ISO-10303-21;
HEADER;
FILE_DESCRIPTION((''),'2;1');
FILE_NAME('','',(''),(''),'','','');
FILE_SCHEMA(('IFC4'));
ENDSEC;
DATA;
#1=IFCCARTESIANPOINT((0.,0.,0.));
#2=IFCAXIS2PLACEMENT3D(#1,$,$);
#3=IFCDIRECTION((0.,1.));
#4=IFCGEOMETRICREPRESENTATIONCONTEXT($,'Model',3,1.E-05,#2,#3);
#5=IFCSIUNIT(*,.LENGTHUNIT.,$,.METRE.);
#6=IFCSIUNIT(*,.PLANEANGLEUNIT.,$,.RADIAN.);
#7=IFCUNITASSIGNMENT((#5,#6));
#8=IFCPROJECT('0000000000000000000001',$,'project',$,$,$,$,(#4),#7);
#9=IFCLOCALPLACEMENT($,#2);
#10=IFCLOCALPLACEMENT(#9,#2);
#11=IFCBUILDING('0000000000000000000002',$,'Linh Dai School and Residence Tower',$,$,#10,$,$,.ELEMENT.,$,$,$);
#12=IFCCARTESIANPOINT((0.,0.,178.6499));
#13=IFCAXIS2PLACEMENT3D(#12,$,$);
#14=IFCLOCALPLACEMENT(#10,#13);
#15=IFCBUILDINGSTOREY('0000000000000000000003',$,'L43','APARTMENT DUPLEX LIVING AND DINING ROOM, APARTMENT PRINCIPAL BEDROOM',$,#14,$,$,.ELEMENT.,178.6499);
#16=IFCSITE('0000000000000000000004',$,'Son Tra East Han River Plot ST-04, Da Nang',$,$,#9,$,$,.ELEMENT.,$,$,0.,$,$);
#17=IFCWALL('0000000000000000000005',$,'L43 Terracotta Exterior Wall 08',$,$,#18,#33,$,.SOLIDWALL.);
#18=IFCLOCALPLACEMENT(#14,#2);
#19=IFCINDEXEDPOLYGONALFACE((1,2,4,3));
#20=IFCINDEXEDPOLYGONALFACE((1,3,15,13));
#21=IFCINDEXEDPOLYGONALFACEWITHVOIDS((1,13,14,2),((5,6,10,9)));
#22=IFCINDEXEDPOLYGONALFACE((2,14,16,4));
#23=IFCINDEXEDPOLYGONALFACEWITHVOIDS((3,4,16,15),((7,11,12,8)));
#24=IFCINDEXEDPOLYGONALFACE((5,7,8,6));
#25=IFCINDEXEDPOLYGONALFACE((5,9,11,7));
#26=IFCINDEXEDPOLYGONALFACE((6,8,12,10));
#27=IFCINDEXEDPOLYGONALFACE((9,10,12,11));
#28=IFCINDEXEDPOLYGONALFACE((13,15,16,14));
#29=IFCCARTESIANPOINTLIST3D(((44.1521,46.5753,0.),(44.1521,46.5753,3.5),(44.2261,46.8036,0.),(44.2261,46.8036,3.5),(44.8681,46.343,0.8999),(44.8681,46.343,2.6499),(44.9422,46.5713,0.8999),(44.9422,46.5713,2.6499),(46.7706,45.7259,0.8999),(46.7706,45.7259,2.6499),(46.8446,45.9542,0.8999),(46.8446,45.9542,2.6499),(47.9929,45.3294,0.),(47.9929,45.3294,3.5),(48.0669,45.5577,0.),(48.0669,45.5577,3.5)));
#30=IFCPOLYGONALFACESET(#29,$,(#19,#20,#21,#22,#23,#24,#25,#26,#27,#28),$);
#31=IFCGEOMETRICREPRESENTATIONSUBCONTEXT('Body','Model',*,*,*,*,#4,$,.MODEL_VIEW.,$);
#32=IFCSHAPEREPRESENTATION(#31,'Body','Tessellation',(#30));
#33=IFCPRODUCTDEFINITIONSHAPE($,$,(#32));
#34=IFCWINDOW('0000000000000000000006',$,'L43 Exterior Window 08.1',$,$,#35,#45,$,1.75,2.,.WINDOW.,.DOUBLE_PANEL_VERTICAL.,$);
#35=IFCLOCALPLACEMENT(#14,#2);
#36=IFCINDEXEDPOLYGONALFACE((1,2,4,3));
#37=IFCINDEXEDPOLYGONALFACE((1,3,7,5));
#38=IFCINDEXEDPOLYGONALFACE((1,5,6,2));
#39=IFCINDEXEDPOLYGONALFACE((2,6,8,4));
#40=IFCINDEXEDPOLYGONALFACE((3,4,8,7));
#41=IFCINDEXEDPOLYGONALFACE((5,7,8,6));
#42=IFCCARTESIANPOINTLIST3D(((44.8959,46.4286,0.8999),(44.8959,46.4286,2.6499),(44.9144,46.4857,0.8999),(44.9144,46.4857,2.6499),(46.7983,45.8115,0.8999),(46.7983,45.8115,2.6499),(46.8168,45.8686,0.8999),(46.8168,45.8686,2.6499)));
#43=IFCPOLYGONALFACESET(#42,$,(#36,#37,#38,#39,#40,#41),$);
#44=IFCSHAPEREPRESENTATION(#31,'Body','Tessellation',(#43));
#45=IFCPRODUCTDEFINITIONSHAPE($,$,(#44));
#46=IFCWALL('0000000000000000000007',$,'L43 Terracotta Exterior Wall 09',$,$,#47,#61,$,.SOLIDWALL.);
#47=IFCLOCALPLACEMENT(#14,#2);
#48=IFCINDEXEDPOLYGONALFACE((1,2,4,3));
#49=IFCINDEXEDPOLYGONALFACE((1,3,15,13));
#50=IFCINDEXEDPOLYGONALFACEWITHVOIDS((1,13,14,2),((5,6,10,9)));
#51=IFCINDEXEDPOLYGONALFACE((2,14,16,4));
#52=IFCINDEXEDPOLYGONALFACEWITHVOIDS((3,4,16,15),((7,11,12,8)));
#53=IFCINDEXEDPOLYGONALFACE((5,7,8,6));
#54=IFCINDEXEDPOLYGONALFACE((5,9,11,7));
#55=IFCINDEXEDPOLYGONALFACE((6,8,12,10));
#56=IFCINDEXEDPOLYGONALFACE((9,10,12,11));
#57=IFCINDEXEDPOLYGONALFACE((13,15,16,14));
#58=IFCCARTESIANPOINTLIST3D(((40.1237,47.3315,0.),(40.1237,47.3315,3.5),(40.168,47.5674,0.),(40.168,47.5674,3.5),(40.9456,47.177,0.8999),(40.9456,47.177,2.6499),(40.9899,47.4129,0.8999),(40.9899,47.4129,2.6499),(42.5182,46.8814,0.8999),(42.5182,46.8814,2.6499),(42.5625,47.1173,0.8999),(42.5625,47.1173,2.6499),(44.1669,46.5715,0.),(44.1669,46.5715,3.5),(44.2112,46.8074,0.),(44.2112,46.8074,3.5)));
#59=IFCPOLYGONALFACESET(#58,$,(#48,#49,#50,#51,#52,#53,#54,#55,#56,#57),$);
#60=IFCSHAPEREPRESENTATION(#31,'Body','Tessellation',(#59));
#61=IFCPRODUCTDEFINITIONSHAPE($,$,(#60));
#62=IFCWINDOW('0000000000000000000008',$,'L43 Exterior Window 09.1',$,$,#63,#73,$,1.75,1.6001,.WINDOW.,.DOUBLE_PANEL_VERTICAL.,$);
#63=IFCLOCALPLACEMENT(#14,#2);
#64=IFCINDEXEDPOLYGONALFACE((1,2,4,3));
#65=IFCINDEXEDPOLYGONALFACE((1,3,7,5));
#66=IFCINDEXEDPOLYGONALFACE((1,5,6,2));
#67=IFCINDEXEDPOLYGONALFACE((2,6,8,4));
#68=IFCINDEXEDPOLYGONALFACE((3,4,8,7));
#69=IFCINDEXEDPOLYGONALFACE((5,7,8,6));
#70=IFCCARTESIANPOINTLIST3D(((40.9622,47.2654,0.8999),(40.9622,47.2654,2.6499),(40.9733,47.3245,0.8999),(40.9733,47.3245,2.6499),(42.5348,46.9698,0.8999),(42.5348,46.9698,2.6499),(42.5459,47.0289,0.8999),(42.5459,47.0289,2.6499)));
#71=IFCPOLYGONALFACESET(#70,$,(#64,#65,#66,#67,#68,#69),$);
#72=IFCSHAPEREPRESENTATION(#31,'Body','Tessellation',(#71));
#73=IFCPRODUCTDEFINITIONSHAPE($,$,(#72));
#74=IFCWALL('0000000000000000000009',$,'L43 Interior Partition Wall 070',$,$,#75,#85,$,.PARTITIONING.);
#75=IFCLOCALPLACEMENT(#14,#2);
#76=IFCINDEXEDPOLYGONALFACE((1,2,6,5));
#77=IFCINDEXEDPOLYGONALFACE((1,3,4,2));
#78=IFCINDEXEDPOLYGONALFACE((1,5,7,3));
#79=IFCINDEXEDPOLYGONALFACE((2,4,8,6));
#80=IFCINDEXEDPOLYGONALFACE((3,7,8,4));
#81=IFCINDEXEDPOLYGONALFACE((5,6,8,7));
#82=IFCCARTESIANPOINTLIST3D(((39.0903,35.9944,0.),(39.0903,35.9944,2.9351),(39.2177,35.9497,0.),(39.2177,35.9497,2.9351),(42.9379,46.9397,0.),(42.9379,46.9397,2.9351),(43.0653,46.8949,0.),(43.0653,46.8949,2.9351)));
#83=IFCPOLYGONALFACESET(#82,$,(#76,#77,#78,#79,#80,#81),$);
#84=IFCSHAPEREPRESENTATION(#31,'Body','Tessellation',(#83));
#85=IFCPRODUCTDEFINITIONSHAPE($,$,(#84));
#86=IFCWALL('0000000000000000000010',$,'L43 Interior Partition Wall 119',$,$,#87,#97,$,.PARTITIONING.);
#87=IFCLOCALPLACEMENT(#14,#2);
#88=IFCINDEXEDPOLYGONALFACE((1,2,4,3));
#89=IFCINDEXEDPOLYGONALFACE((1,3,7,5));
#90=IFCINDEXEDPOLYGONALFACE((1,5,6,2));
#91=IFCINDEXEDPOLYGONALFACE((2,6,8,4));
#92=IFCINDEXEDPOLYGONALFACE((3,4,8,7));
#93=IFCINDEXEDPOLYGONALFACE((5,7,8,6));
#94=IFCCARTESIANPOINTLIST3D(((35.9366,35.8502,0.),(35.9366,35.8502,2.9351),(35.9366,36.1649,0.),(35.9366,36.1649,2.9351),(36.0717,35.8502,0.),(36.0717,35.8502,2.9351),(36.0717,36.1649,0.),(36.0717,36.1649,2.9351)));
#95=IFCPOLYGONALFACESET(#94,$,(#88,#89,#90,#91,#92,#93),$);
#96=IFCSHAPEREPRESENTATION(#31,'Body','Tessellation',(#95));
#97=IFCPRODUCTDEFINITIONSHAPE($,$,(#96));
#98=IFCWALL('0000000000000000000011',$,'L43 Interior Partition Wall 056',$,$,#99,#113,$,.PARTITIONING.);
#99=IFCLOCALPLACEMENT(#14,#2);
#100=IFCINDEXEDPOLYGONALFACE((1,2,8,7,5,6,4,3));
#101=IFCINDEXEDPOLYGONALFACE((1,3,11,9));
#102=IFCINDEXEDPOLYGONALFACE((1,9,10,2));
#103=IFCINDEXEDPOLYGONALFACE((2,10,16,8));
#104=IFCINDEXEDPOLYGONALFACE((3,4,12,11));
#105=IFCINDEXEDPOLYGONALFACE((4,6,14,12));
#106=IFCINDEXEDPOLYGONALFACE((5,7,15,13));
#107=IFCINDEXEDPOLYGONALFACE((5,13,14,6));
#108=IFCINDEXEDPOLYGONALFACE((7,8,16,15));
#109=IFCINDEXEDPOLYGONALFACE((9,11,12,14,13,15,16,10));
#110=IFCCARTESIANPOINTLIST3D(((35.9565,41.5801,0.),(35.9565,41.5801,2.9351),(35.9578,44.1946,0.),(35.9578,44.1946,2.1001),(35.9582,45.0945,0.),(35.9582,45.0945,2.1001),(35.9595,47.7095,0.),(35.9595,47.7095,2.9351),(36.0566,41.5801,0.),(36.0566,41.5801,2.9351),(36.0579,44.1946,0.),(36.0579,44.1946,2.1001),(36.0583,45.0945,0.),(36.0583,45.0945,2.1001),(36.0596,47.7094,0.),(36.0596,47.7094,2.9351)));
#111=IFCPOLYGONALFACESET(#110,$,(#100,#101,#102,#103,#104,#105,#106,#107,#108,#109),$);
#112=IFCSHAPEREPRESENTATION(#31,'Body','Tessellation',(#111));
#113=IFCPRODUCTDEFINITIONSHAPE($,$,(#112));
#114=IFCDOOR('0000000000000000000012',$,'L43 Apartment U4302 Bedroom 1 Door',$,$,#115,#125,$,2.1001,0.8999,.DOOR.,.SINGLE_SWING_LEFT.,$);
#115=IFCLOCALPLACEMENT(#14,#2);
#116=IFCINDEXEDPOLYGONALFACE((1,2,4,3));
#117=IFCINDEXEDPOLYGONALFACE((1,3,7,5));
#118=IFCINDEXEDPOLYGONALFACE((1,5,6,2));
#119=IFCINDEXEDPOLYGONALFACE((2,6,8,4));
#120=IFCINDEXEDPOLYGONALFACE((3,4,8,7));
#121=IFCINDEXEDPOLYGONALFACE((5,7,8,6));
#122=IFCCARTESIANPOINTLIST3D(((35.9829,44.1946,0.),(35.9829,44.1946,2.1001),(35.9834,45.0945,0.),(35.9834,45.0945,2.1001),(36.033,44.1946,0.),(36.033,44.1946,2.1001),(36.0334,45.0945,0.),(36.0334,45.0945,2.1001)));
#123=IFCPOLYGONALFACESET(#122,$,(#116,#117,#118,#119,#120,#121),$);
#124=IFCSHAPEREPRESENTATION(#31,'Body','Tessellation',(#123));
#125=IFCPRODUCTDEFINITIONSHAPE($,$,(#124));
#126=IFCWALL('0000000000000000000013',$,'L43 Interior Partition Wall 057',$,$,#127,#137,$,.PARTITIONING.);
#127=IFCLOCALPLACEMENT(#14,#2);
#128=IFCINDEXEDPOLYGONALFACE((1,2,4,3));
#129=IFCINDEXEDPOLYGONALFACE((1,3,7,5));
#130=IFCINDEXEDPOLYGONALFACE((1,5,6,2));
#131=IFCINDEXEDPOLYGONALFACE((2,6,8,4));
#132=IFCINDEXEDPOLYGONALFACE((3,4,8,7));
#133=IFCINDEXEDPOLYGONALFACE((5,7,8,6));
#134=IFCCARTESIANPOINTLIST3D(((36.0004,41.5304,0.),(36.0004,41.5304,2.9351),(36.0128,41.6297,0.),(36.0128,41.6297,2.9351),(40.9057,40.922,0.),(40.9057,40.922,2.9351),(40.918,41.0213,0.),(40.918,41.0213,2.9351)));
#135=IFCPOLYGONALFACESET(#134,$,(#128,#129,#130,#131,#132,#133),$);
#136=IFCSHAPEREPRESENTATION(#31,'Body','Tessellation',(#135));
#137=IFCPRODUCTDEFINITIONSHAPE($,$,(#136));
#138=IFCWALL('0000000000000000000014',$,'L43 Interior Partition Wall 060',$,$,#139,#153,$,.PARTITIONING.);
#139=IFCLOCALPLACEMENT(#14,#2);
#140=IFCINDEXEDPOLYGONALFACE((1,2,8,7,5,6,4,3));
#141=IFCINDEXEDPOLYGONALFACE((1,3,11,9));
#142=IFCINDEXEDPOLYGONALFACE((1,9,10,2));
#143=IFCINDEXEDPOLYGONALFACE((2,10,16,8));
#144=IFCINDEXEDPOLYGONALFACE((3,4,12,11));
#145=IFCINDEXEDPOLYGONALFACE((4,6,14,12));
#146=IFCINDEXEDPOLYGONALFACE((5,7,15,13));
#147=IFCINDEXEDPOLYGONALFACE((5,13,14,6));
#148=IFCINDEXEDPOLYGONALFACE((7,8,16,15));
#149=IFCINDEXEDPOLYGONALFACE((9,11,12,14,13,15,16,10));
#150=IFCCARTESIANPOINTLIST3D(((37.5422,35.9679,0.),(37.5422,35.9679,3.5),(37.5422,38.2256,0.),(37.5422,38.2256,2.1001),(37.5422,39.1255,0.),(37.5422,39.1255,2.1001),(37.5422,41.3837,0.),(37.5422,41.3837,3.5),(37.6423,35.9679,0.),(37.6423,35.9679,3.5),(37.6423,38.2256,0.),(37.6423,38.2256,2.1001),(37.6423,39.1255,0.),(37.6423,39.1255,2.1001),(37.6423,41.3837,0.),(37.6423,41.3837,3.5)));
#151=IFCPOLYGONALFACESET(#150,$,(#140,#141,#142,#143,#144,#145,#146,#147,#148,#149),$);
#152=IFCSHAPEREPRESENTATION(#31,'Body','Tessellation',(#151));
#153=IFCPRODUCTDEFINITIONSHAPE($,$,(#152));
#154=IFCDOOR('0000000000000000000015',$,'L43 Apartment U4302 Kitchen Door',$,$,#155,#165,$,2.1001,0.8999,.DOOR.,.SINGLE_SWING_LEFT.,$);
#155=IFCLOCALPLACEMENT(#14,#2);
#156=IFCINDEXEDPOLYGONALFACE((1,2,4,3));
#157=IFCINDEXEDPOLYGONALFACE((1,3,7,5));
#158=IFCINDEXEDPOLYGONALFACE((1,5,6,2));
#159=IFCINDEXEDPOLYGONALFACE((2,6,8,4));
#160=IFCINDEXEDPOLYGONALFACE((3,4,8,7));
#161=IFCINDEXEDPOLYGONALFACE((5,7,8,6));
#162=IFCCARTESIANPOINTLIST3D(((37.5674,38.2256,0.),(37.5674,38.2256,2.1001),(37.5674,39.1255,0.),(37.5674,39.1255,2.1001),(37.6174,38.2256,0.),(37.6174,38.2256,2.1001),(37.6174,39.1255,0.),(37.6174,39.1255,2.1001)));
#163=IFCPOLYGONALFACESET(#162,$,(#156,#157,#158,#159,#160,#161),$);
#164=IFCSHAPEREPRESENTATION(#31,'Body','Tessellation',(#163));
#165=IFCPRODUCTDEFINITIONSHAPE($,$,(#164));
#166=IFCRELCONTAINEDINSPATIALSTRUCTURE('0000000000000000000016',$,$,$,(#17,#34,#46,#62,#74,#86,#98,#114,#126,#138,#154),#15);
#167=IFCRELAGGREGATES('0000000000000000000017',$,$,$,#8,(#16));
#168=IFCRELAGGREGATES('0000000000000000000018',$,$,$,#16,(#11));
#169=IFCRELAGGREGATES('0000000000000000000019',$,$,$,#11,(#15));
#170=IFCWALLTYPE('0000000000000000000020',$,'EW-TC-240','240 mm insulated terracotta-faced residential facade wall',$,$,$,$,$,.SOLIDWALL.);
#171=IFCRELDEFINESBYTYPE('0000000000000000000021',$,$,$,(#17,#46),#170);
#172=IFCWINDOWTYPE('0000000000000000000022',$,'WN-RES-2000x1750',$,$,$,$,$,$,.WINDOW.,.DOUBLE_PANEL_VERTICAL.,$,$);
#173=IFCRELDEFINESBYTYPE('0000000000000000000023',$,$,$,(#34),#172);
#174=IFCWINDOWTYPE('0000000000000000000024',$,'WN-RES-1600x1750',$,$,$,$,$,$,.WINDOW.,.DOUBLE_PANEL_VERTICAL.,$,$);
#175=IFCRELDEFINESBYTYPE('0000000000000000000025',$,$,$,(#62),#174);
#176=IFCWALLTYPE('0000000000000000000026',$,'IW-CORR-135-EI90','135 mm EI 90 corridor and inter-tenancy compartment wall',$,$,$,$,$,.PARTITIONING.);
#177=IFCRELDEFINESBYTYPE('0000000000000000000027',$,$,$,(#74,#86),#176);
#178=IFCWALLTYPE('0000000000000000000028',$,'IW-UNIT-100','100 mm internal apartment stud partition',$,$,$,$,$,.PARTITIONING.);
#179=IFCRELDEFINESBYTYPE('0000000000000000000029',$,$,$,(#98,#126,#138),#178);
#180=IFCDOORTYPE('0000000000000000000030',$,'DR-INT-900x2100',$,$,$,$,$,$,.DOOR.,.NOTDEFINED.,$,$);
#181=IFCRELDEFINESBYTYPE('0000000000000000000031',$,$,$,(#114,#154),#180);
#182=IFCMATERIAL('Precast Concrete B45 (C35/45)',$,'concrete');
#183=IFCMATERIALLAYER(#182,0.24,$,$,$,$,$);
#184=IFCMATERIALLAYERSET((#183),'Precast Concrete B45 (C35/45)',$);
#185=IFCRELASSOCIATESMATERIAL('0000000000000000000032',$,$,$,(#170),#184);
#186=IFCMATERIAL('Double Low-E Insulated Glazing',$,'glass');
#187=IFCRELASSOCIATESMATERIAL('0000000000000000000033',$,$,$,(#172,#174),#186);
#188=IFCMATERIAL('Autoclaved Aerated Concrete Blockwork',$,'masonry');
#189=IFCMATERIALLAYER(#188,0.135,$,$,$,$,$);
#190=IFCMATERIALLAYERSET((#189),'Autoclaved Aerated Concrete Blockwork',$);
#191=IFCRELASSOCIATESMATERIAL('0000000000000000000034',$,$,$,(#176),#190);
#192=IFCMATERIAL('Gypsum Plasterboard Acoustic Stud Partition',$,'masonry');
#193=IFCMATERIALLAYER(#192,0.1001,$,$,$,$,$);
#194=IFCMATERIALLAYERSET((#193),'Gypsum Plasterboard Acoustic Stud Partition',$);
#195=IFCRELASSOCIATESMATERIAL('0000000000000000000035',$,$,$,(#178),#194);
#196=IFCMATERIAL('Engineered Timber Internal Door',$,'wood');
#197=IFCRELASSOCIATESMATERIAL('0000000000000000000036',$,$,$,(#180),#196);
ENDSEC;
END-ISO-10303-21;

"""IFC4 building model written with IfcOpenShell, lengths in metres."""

from ifc_helpers import new_model, si_unit, direction, frame, frame_2d, origin, origin_2d, place, context, subcontext, project, spatial, rectangle, extrude, source, transform, mapped, material, layer, layer_set, type_object, element, fill, save


model = new_model("IFC4")

# Units and contexts
model_context = context("Model", 3, precision=1e-05, world=origin(), true_north=direction((0.0, 1.0)))
body_context = subcontext(model_context, "Body", "Model", "MODEL_VIEW")
ifc_project = project(units=[si_unit("LENGTHUNIT", "METRE"), si_unit("PLANEANGLEUNIT", "RADIAN")], contexts=[model_context])

# Site, building, storey
site_placement = place(None, origin())
site = spatial("IfcSite", under=ifc_project, at=site_placement, Name="Son Tra East Han River Plot ST-04, Da Nang", CompositionType="ELEMENT", RefElevation=0.0)
building_placement = place(site_placement, origin())
building = spatial("IfcBuilding", under=site, at=building_placement, Name="Linh Dai School and Residence Tower", CompositionType="ELEMENT")
storey_placement = place(building_placement, frame((0.0, 0.0, 178.6499)))
storey = spatial("IfcBuildingStorey", under=building, at=storey_placement, Name="L43", Description="APARTMENT DUPLEX LIVING AND DINING ROOM, APARTMENT PRINCIPAL BEDROOM", CompositionType="ELEMENT", Elevation=178.6499)

# Shared definitions
ifc_material_1 = material(Name="Precast Concrete B45 (C35/45)", Category="concrete")
ifc_material_2 = material(Name="Double Low-E Insulated Glazing", Category="glass")

# Walls, openings, windows
ifc_layer_1 = layer(ifc_material_1, 0.24)
ifc_layer_set_1 = layer_set([ifc_layer_1], Name="Precast Concrete B45 (C35/45)")
wall_type_1 = type_object("IfcWallType", Name="EW-TC-240", Description="240 mm insulated terracotta-faced residential facade wall", PredefinedType="SOLIDWALL", material=ifc_layer_set_1)
wall_1_placement = place(storey_placement, frame((44.189, 46.6895, 0.0), z_axis=(0.0, 0.0, 1.0), x_axis=(0.95121, -0.308545, 0.0)))
wall_1 = element("IfcWall", 1, at=wall_1_placement, inside=storey, type_object=wall_type_1, Name="L43 Terracotta Exterior Wall 08", PredefinedType="SOLIDWALL", context=body_context, shape_type="SweptSolid", body=[
    extrude(rectangle(XDim=4.0378, YDim=0.24, at=frame_2d((2.019, 0.0))), origin(), (0.0, 0.0, 1.0), 3.5),
])
opening_1_placement = place(wall_1_placement, frame((0.7529, 0.0, 0.8999)))
opening_1 = element("IfcOpeningElement", 2, at=opening_1_placement, cuts=wall_1, PredefinedType="OPENING", context=body_context, shape_type="SweptSolid", body=[
    extrude(rectangle(XDim=2.0, YDim=1.75, at=origin_2d()), frame((1.0, 0.1299, 0.875), z_axis=(0.0, -1.0, 0.0), x_axis=(1.0, 0.0, 0.0)), (0.0, 0.0, 1.0), 0.26),
])
window_type_1 = type_object("IfcWindowType", Name="WN-RES-2000x1750", PartitioningType="DOUBLE_PANEL_VERTICAL", PredefinedType="WINDOW", material=ifc_material_2)
shared_shape_1 = source(origin(), body_context, "Body", "SweptSolid", [
    extrude(rectangle(XDim=2.0, YDim=1.75, at=origin_2d()), frame((1.0, 0.03, 0.875), z_axis=(0.0, -1.0, 0.0), x_axis=(1.0, 0.0, 0.0)), (0.0, 0.0, 1.0), 0.0601),
])
window_1_placement = place(opening_1_placement, origin())
window_1 = element("IfcWindow", 3, at=window_1_placement, inside=storey, type_object=window_type_1, Name="L43 Exterior Window 08.1", OverallHeight=1.75, OverallWidth=2.0, PartitioningType="DOUBLE_PANEL_VERTICAL", PredefinedType="WINDOW", context=body_context, shape_type="MappedRepresentation", body=[
    mapped(shared_shape_1, transform((0.0, 0.0, 0.0), x_axis=(1.0, 0.0, 0.0), y_axis=(0.0, 1.0, 0.0), z_axis=(0.0, 0.0, 1.0), scale=1.0)),
])
fill(opening_1, window_1)
wall_2_placement = place(storey_placement, frame((40.1458, 47.4495, 0.0), z_axis=(0.0, 0.0, 1.0), x_axis=(0.982788, -0.184736, 0.0)))
wall_2 = element("IfcWall", 4, at=wall_2_placement, inside=storey, type_object=wall_type_1, Name="L43 Terracotta Exterior Wall 09", PredefinedType="SOLIDWALL", context=body_context, shape_type="SweptSolid", body=[
    extrude(rectangle(XDim=4.114, YDim=0.24, at=frame_2d((2.0571, 0.0))), origin(), (0.0, 0.0, 1.0), 3.5),
])
opening_2_placement = place(wall_2_placement, frame((0.8364, 0.0, 0.8999)))
opening_2 = element("IfcOpeningElement", 5, at=opening_2_placement, cuts=wall_2, PredefinedType="OPENING", context=body_context, shape_type="SweptSolid", body=[
    extrude(rectangle(XDim=1.6001, YDim=1.75, at=origin_2d()), frame((0.8, 0.1299, 0.875), z_axis=(0.0, -1.0, 0.0), x_axis=(1.0, 0.0, 0.0)), (0.0, 0.0, 1.0), 0.26),
])
window_type_2 = type_object("IfcWindowType", Name="WN-RES-1600x1750", PartitioningType="DOUBLE_PANEL_VERTICAL", PredefinedType="WINDOW", material=ifc_material_2)
shared_shape_2 = source(origin(), body_context, "Body", "SweptSolid", [
    extrude(rectangle(XDim=1.6001, YDim=1.75, at=origin_2d()), frame((0.8, 0.03, 0.875), z_axis=(0.0, -1.0, 0.0), x_axis=(1.0, 0.0, 0.0)), (0.0, 0.0, 1.0), 0.0601),
])
window_2_placement = place(opening_2_placement, origin())
window_2 = element("IfcWindow", 6, at=window_2_placement, inside=storey, type_object=window_type_2, Name="L43 Exterior Window 09.1", OverallHeight=1.75, OverallWidth=1.6001, PartitioningType="DOUBLE_PANEL_VERTICAL", PredefinedType="WINDOW", context=body_context, shape_type="MappedRepresentation", body=[
    mapped(shared_shape_2, transform((0.0, 0.0, 0.0), x_axis=(1.0, 0.0, 0.0), y_axis=(0.0, 1.0, 0.0), z_axis=(0.0, 0.0, 1.0), scale=1.0)),
])
fill(opening_2, window_2)

# Walls
ifc_material_3 = material(Name="Autoclaved Aerated Concrete Blockwork", Category="masonry")
ifc_layer_2 = layer(ifc_material_3, 0.135)
ifc_layer_set_2 = layer_set([ifc_layer_2], Name="Autoclaved Aerated Concrete Blockwork")
wall_type_2 = type_object("IfcWallType", Name="IW-CORR-135-EI90", Description="135 mm EI 90 corridor and inter-tenancy compartment wall", PredefinedType="PARTITIONING", material=ifc_layer_set_2)
wall_3_placement = place(storey_placement, frame((39.1541, 35.9722, 0.0), z_axis=(0.0, 0.0, 1.0), x_axis=(0.33164, 0.943406, 0.0)))
element("IfcWall", 7, at=wall_3_placement, inside=storey, type_object=wall_type_2, Name="L43 Interior Partition Wall 070", PredefinedType="PARTITIONING", context=body_context, shape_type="SweptSolid", body=[
    extrude(rectangle(XDim=11.6018, YDim=0.135, at=frame_2d((5.8008, 0.0))), origin(), (0.0, 0.0, 1.0), 2.9351),
])
wall_4_placement = place(storey_placement, frame((36.0042, 36.1648, 0.0), z_axis=(0.0, 0.0, 1.0), x_axis=(0.0, -1.0, 0.0)))
element("IfcWall", 8, at=wall_4_placement, inside=storey, type_object=wall_type_2, Name="L43 Interior Partition Wall 119", PredefinedType="PARTITIONING", context=body_context, shape_type="SweptSolid", body=[
    extrude(rectangle(XDim=0.3147, YDim=0.135, at=frame_2d((0.1572, 0.0))), origin(), (0.0, 0.0, 1.0), 2.9351),
])

# Wall, opening, door
ifc_material_4 = material(Name="Gypsum Plasterboard Acoustic Stud Partition", Category="masonry")
ifc_layer_3 = layer(ifc_material_4, 0.1001)
ifc_layer_set_3 = layer_set([ifc_layer_3], Name="Gypsum Plasterboard Acoustic Stud Partition")
wall_type_3 = type_object("IfcWallType", Name="IW-UNIT-100", Description="100 mm internal apartment stud partition", PredefinedType="PARTITIONING", material=ifc_layer_set_3)
wall_5_placement = place(storey_placement, frame((36.0066, 41.5801, 0.0), z_axis=(0.0, 0.0, 1.0), x_axis=(0.000478, 1.0, 0.0)))
wall_5 = element("IfcWall", 9, at=wall_5_placement, inside=storey, type_object=wall_type_3, Name="L43 Interior Partition Wall 056", PredefinedType="PARTITIONING", context=body_context, shape_type="SweptSolid", body=[
    extrude(rectangle(XDim=6.1294, YDim=0.1001, at=frame_2d((3.0647, 0.0))), origin(), (0.0, 0.0, 1.0), 2.9351),
])
opening_3_placement = place(wall_5_placement, frame((2.6145, 0.0, 0.0)))
opening_3 = element("IfcOpeningElement", 10, at=opening_3_placement, cuts=wall_5, PredefinedType="OPENING", context=body_context, shape_type="SweptSolid", body=[
    extrude(rectangle(XDim=0.8999, YDim=2.1001, at=origin_2d()), frame((0.45, 0.0601, 1.05), z_axis=(0.0, -1.0, 0.0), x_axis=(1.0, 0.0, 0.0)), (0.0, 0.0, 1.0), 0.1201),
])
ifc_material_5 = material(Name="Engineered Timber Internal Door", Category="wood")
door_type_1 = type_object("IfcDoorType", Name="DR-INT-900x2100", OperationType="NOTDEFINED", PredefinedType="DOOR", material=ifc_material_5)
shared_shape_3 = source(origin(), body_context, "Body", "SweptSolid", [
    extrude(rectangle(XDim=0.8999, YDim=2.1001, at=origin_2d()), frame((0.45, 0.0249, 1.05), z_axis=(0.0, -1.0, 0.0), x_axis=(1.0, 0.0, 0.0)), (0.0, 0.0, 1.0), 0.05),
])
door_1_placement = place(opening_3_placement, origin())
door_1 = element("IfcDoor", 11, at=door_1_placement, inside=storey, type_object=door_type_1, Name="L43 Apartment U4302 Bedroom 1 Door", OperationType="SINGLE_SWING_LEFT", OverallHeight=2.1001, OverallWidth=0.8999, PredefinedType="DOOR", context=body_context, shape_type="MappedRepresentation", body=[
    mapped(shared_shape_3, transform((0.0, 0.0, 0.0), x_axis=(1.0, 0.0, 0.0), y_axis=(0.0, 1.0, 0.0), z_axis=(0.0, 0.0, 1.0), scale=1.0)),
])
fill(opening_3, door_1)

# Wall
wall_6_placement = place(storey_placement, frame((36.0066, 41.5801, 0.0), z_axis=(0.0, 0.0, 1.0), x_axis=(0.992396, -0.123086, 0.0)))
element("IfcWall", 12, at=wall_6_placement, inside=storey, type_object=wall_type_3, Name="L43 Interior Partition Wall 057", PredefinedType="PARTITIONING", context=body_context, shape_type="SweptSolid", body=[
    extrude(rectangle(XDim=4.9429, YDim=0.1001, at=frame_2d((2.4714, 0.0))), origin(), (0.0, 0.0, 1.0), 2.9351),
])

# Wall, opening, door
wall_7_placement = place(storey_placement, frame((37.5923, 35.9678, 0.0), z_axis=(0.0, 0.0, 1.0), x_axis=(0.0, 1.0, 0.0)))
wall_7 = element("IfcWall", 13, at=wall_7_placement, inside=storey, type_object=wall_type_3, Name="L43 Interior Partition Wall 060", PredefinedType="PARTITIONING", context=body_context, shape_type="SweptSolid", body=[
    extrude(rectangle(XDim=5.4158, YDim=0.1001, at=frame_2d((2.708, 0.0))), origin(), (0.0, 0.0, 1.0), 3.5),
])
opening_4_placement = place(wall_7_placement, frame((2.2578, 0.0, 0.0)))
opening_4 = element("IfcOpeningElement", 14, at=opening_4_placement, cuts=wall_7, PredefinedType="OPENING", context=body_context, shape_type="SweptSolid", body=[
    extrude(rectangle(XDim=0.8999, YDim=2.1001, at=origin_2d()), frame((0.45, 0.0601, 1.05), z_axis=(0.0, -1.0, 0.0), x_axis=(1.0, 0.0, 0.0)), (0.0, 0.0, 1.0), 0.1201),
])
door_2_placement = place(opening_4_placement, origin())
door_2 = element("IfcDoor", 15, at=door_2_placement, inside=storey, type_object=door_type_1, Name="L43 Apartment U4302 Kitchen Door", OperationType="SINGLE_SWING_LEFT", OverallHeight=2.1001, OverallWidth=0.8999, PredefinedType="DOOR", context=body_context, shape_type="MappedRepresentation", body=[
    mapped(shared_shape_3, transform((0.0, 0.0, 0.0), x_axis=(1.0, 0.0, 0.0), y_axis=(0.0, 1.0, 0.0), z_axis=(0.0, 0.0, 1.0), scale=1.0)),
])
fill(opening_4, door_2)

save(model, "model.ifc")
